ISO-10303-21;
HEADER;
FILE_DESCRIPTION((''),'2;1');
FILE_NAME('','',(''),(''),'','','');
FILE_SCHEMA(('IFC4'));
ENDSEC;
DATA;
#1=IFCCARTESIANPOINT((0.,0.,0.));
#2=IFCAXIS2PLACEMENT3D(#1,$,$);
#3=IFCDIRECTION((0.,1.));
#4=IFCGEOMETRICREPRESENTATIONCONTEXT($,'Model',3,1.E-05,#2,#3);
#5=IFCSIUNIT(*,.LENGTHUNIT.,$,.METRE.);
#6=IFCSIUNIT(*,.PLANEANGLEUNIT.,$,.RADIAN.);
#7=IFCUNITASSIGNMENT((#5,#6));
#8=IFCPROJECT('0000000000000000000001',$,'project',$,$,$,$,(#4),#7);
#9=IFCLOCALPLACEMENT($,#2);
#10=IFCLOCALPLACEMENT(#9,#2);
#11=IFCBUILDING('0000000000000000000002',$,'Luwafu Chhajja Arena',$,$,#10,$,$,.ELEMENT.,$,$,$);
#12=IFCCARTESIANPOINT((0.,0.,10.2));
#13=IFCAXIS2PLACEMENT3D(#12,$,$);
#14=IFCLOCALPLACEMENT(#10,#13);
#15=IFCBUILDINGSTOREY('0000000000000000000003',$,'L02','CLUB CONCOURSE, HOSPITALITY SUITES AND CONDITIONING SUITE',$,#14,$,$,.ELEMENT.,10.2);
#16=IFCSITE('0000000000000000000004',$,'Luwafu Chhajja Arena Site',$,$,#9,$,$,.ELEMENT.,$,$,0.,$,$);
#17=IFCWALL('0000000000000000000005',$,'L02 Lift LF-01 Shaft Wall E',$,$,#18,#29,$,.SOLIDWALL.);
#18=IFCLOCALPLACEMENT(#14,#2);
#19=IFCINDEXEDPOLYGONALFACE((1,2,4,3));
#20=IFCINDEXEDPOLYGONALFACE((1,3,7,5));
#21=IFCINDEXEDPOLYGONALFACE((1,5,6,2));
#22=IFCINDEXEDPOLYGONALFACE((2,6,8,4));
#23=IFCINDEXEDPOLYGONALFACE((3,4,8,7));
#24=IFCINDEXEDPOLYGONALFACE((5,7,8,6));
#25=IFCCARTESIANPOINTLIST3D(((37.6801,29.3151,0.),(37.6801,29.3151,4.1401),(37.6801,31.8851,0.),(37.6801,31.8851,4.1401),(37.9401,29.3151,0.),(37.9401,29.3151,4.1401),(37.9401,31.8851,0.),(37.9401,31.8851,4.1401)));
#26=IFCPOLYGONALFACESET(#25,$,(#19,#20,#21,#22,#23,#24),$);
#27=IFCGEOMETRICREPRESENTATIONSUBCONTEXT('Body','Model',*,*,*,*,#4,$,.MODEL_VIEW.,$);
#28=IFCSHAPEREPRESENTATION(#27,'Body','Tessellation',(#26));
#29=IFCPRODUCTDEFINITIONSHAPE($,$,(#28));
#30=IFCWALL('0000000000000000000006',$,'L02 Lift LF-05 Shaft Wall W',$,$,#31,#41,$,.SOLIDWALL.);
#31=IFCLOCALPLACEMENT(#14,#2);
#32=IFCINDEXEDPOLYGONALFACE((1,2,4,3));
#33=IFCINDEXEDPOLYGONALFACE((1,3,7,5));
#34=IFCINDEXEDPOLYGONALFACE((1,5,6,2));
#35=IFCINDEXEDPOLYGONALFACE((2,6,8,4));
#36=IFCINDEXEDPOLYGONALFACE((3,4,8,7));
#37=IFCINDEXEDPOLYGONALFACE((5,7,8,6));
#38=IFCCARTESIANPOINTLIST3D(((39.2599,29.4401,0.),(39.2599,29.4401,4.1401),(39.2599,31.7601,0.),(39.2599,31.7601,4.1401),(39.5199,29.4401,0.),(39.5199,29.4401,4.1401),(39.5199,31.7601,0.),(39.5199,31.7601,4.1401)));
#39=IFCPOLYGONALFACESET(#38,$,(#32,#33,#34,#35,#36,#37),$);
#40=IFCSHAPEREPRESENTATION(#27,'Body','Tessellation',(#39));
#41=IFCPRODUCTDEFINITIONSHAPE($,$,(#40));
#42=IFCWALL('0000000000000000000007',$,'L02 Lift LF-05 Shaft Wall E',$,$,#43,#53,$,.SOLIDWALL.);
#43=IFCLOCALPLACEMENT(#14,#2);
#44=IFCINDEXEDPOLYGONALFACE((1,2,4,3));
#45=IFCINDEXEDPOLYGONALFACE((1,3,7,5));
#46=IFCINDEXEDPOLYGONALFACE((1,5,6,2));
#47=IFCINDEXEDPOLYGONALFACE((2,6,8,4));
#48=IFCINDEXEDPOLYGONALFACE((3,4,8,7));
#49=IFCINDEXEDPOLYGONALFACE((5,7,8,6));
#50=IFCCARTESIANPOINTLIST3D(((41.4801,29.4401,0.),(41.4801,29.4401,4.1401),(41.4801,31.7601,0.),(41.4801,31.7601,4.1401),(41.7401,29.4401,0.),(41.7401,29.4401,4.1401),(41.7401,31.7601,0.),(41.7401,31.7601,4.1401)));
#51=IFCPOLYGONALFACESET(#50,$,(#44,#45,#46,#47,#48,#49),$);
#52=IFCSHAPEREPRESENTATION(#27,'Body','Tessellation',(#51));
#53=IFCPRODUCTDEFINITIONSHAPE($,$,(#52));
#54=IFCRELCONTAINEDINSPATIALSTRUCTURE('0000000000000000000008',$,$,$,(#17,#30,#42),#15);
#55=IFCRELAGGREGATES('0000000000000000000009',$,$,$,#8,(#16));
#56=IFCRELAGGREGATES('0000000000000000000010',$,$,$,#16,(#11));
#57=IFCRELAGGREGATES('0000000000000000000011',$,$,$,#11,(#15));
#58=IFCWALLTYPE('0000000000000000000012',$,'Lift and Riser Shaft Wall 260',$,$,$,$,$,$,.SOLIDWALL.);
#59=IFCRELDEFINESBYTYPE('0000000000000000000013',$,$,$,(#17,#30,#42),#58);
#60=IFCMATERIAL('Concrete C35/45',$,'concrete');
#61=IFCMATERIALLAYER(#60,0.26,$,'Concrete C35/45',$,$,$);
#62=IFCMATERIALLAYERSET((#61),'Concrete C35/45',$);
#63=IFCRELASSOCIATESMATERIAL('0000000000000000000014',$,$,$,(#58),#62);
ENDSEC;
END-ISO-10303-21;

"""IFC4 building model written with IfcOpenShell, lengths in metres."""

from ifc_helpers import new_model, si_unit, direction, frame, frame_2d, origin, place, context, subcontext, project, spatial, rectangle, extrude, material, layer, layer_set, type_object, element, save


model = new_model("IFC4")

# Units and contexts
model_context = context("Model", 3, precision=1e-05, world=origin(), true_north=direction((0.0, 1.0)))
body_context = subcontext(model_context, "Body", "Model", "MODEL_VIEW")
ifc_project = project(units=[si_unit("LENGTHUNIT", "METRE"), si_unit("PLANEANGLEUNIT", "RADIAN")], contexts=[model_context])

# Site, building, storey
site_placement = place(None, origin())
site = spatial("IfcSite", under=ifc_project, at=site_placement, Name="Luwafu Chhajja Arena Site", CompositionType="ELEMENT", RefElevation=0.0)
building_placement = place(site_placement, origin())
building = spatial("IfcBuilding", under=site, at=building_placement, Name="Luwafu Chhajja Arena", CompositionType="ELEMENT")
storey_placement = place(building_placement, frame((0.0, 0.0, 10.2)))
storey = spatial("IfcBuildingStorey", under=building, at=storey_placement, Name="L02", Description="CLUB CONCOURSE, HOSPITALITY SUITES AND CONDITIONING SUITE", CompositionType="ELEMENT", Elevation=10.2)

# Shared definitions
ifc_material_1 = material(Name="Concrete C35/45", Category="concrete")

# Wall
ifc_layer_1 = layer(ifc_material_1, 0.26, Name="Concrete C35/45")
ifc_layer_set_1 = layer_set([ifc_layer_1], Name="Concrete C35/45")
wall_type_1 = type_object("IfcWallType", Name="Lift and Riser Shaft Wall 260", PredefinedType="SOLIDWALL", material=ifc_layer_set_1)
wall_1_placement = place(storey_placement, frame((37.8101, 29.3149, 0.0), z_axis=(0.0, 0.0, 1.0), x_axis=(0.0, 1.0, 0.0)))
element("IfcWall", 1, at=wall_1_placement, inside=storey, type_object=wall_type_1, Name="L02 Lift LF-01 Shaft Wall E", PredefinedType="SOLIDWALL", context=body_context, shape_type="SweptSolid", body=[
    extrude(rectangle(XDim=2.5701, YDim=0.26, at=frame_2d((1.2852, 0.0))), origin(), (0.0, 0.0, 1.0), 4.1401),
])

# Walls
for number, where, z_axis, x_axis, name in (
    (2, (39.3899, 29.4399, 0.0), (0.0, 0.0, 1.0), (0.0, 1.0, 0.0), "L02 Lift LF-05 Shaft Wall W"),
    (3, (41.6101, 29.4399, 0.0), (0.0, 0.0, 1.0), (0.0, 1.0, 0.0), "L02 Lift LF-05 Shaft Wall E"),
):
    element("IfcWall", number, at=place(storey_placement, frame(where, z_axis=z_axis, x_axis=x_axis)), inside=storey, type_object=wall_type_1, Name=name, PredefinedType="SOLIDWALL", context=body_context, shape_type="SweptSolid", body=[
        extrude(rectangle(XDim=2.3201, YDim=0.26, at=frame_2d((1.1602, 0.0))), origin(), (0.0, 0.0, 1.0), 4.1401),
    ])

save(model, "model.ifc")
